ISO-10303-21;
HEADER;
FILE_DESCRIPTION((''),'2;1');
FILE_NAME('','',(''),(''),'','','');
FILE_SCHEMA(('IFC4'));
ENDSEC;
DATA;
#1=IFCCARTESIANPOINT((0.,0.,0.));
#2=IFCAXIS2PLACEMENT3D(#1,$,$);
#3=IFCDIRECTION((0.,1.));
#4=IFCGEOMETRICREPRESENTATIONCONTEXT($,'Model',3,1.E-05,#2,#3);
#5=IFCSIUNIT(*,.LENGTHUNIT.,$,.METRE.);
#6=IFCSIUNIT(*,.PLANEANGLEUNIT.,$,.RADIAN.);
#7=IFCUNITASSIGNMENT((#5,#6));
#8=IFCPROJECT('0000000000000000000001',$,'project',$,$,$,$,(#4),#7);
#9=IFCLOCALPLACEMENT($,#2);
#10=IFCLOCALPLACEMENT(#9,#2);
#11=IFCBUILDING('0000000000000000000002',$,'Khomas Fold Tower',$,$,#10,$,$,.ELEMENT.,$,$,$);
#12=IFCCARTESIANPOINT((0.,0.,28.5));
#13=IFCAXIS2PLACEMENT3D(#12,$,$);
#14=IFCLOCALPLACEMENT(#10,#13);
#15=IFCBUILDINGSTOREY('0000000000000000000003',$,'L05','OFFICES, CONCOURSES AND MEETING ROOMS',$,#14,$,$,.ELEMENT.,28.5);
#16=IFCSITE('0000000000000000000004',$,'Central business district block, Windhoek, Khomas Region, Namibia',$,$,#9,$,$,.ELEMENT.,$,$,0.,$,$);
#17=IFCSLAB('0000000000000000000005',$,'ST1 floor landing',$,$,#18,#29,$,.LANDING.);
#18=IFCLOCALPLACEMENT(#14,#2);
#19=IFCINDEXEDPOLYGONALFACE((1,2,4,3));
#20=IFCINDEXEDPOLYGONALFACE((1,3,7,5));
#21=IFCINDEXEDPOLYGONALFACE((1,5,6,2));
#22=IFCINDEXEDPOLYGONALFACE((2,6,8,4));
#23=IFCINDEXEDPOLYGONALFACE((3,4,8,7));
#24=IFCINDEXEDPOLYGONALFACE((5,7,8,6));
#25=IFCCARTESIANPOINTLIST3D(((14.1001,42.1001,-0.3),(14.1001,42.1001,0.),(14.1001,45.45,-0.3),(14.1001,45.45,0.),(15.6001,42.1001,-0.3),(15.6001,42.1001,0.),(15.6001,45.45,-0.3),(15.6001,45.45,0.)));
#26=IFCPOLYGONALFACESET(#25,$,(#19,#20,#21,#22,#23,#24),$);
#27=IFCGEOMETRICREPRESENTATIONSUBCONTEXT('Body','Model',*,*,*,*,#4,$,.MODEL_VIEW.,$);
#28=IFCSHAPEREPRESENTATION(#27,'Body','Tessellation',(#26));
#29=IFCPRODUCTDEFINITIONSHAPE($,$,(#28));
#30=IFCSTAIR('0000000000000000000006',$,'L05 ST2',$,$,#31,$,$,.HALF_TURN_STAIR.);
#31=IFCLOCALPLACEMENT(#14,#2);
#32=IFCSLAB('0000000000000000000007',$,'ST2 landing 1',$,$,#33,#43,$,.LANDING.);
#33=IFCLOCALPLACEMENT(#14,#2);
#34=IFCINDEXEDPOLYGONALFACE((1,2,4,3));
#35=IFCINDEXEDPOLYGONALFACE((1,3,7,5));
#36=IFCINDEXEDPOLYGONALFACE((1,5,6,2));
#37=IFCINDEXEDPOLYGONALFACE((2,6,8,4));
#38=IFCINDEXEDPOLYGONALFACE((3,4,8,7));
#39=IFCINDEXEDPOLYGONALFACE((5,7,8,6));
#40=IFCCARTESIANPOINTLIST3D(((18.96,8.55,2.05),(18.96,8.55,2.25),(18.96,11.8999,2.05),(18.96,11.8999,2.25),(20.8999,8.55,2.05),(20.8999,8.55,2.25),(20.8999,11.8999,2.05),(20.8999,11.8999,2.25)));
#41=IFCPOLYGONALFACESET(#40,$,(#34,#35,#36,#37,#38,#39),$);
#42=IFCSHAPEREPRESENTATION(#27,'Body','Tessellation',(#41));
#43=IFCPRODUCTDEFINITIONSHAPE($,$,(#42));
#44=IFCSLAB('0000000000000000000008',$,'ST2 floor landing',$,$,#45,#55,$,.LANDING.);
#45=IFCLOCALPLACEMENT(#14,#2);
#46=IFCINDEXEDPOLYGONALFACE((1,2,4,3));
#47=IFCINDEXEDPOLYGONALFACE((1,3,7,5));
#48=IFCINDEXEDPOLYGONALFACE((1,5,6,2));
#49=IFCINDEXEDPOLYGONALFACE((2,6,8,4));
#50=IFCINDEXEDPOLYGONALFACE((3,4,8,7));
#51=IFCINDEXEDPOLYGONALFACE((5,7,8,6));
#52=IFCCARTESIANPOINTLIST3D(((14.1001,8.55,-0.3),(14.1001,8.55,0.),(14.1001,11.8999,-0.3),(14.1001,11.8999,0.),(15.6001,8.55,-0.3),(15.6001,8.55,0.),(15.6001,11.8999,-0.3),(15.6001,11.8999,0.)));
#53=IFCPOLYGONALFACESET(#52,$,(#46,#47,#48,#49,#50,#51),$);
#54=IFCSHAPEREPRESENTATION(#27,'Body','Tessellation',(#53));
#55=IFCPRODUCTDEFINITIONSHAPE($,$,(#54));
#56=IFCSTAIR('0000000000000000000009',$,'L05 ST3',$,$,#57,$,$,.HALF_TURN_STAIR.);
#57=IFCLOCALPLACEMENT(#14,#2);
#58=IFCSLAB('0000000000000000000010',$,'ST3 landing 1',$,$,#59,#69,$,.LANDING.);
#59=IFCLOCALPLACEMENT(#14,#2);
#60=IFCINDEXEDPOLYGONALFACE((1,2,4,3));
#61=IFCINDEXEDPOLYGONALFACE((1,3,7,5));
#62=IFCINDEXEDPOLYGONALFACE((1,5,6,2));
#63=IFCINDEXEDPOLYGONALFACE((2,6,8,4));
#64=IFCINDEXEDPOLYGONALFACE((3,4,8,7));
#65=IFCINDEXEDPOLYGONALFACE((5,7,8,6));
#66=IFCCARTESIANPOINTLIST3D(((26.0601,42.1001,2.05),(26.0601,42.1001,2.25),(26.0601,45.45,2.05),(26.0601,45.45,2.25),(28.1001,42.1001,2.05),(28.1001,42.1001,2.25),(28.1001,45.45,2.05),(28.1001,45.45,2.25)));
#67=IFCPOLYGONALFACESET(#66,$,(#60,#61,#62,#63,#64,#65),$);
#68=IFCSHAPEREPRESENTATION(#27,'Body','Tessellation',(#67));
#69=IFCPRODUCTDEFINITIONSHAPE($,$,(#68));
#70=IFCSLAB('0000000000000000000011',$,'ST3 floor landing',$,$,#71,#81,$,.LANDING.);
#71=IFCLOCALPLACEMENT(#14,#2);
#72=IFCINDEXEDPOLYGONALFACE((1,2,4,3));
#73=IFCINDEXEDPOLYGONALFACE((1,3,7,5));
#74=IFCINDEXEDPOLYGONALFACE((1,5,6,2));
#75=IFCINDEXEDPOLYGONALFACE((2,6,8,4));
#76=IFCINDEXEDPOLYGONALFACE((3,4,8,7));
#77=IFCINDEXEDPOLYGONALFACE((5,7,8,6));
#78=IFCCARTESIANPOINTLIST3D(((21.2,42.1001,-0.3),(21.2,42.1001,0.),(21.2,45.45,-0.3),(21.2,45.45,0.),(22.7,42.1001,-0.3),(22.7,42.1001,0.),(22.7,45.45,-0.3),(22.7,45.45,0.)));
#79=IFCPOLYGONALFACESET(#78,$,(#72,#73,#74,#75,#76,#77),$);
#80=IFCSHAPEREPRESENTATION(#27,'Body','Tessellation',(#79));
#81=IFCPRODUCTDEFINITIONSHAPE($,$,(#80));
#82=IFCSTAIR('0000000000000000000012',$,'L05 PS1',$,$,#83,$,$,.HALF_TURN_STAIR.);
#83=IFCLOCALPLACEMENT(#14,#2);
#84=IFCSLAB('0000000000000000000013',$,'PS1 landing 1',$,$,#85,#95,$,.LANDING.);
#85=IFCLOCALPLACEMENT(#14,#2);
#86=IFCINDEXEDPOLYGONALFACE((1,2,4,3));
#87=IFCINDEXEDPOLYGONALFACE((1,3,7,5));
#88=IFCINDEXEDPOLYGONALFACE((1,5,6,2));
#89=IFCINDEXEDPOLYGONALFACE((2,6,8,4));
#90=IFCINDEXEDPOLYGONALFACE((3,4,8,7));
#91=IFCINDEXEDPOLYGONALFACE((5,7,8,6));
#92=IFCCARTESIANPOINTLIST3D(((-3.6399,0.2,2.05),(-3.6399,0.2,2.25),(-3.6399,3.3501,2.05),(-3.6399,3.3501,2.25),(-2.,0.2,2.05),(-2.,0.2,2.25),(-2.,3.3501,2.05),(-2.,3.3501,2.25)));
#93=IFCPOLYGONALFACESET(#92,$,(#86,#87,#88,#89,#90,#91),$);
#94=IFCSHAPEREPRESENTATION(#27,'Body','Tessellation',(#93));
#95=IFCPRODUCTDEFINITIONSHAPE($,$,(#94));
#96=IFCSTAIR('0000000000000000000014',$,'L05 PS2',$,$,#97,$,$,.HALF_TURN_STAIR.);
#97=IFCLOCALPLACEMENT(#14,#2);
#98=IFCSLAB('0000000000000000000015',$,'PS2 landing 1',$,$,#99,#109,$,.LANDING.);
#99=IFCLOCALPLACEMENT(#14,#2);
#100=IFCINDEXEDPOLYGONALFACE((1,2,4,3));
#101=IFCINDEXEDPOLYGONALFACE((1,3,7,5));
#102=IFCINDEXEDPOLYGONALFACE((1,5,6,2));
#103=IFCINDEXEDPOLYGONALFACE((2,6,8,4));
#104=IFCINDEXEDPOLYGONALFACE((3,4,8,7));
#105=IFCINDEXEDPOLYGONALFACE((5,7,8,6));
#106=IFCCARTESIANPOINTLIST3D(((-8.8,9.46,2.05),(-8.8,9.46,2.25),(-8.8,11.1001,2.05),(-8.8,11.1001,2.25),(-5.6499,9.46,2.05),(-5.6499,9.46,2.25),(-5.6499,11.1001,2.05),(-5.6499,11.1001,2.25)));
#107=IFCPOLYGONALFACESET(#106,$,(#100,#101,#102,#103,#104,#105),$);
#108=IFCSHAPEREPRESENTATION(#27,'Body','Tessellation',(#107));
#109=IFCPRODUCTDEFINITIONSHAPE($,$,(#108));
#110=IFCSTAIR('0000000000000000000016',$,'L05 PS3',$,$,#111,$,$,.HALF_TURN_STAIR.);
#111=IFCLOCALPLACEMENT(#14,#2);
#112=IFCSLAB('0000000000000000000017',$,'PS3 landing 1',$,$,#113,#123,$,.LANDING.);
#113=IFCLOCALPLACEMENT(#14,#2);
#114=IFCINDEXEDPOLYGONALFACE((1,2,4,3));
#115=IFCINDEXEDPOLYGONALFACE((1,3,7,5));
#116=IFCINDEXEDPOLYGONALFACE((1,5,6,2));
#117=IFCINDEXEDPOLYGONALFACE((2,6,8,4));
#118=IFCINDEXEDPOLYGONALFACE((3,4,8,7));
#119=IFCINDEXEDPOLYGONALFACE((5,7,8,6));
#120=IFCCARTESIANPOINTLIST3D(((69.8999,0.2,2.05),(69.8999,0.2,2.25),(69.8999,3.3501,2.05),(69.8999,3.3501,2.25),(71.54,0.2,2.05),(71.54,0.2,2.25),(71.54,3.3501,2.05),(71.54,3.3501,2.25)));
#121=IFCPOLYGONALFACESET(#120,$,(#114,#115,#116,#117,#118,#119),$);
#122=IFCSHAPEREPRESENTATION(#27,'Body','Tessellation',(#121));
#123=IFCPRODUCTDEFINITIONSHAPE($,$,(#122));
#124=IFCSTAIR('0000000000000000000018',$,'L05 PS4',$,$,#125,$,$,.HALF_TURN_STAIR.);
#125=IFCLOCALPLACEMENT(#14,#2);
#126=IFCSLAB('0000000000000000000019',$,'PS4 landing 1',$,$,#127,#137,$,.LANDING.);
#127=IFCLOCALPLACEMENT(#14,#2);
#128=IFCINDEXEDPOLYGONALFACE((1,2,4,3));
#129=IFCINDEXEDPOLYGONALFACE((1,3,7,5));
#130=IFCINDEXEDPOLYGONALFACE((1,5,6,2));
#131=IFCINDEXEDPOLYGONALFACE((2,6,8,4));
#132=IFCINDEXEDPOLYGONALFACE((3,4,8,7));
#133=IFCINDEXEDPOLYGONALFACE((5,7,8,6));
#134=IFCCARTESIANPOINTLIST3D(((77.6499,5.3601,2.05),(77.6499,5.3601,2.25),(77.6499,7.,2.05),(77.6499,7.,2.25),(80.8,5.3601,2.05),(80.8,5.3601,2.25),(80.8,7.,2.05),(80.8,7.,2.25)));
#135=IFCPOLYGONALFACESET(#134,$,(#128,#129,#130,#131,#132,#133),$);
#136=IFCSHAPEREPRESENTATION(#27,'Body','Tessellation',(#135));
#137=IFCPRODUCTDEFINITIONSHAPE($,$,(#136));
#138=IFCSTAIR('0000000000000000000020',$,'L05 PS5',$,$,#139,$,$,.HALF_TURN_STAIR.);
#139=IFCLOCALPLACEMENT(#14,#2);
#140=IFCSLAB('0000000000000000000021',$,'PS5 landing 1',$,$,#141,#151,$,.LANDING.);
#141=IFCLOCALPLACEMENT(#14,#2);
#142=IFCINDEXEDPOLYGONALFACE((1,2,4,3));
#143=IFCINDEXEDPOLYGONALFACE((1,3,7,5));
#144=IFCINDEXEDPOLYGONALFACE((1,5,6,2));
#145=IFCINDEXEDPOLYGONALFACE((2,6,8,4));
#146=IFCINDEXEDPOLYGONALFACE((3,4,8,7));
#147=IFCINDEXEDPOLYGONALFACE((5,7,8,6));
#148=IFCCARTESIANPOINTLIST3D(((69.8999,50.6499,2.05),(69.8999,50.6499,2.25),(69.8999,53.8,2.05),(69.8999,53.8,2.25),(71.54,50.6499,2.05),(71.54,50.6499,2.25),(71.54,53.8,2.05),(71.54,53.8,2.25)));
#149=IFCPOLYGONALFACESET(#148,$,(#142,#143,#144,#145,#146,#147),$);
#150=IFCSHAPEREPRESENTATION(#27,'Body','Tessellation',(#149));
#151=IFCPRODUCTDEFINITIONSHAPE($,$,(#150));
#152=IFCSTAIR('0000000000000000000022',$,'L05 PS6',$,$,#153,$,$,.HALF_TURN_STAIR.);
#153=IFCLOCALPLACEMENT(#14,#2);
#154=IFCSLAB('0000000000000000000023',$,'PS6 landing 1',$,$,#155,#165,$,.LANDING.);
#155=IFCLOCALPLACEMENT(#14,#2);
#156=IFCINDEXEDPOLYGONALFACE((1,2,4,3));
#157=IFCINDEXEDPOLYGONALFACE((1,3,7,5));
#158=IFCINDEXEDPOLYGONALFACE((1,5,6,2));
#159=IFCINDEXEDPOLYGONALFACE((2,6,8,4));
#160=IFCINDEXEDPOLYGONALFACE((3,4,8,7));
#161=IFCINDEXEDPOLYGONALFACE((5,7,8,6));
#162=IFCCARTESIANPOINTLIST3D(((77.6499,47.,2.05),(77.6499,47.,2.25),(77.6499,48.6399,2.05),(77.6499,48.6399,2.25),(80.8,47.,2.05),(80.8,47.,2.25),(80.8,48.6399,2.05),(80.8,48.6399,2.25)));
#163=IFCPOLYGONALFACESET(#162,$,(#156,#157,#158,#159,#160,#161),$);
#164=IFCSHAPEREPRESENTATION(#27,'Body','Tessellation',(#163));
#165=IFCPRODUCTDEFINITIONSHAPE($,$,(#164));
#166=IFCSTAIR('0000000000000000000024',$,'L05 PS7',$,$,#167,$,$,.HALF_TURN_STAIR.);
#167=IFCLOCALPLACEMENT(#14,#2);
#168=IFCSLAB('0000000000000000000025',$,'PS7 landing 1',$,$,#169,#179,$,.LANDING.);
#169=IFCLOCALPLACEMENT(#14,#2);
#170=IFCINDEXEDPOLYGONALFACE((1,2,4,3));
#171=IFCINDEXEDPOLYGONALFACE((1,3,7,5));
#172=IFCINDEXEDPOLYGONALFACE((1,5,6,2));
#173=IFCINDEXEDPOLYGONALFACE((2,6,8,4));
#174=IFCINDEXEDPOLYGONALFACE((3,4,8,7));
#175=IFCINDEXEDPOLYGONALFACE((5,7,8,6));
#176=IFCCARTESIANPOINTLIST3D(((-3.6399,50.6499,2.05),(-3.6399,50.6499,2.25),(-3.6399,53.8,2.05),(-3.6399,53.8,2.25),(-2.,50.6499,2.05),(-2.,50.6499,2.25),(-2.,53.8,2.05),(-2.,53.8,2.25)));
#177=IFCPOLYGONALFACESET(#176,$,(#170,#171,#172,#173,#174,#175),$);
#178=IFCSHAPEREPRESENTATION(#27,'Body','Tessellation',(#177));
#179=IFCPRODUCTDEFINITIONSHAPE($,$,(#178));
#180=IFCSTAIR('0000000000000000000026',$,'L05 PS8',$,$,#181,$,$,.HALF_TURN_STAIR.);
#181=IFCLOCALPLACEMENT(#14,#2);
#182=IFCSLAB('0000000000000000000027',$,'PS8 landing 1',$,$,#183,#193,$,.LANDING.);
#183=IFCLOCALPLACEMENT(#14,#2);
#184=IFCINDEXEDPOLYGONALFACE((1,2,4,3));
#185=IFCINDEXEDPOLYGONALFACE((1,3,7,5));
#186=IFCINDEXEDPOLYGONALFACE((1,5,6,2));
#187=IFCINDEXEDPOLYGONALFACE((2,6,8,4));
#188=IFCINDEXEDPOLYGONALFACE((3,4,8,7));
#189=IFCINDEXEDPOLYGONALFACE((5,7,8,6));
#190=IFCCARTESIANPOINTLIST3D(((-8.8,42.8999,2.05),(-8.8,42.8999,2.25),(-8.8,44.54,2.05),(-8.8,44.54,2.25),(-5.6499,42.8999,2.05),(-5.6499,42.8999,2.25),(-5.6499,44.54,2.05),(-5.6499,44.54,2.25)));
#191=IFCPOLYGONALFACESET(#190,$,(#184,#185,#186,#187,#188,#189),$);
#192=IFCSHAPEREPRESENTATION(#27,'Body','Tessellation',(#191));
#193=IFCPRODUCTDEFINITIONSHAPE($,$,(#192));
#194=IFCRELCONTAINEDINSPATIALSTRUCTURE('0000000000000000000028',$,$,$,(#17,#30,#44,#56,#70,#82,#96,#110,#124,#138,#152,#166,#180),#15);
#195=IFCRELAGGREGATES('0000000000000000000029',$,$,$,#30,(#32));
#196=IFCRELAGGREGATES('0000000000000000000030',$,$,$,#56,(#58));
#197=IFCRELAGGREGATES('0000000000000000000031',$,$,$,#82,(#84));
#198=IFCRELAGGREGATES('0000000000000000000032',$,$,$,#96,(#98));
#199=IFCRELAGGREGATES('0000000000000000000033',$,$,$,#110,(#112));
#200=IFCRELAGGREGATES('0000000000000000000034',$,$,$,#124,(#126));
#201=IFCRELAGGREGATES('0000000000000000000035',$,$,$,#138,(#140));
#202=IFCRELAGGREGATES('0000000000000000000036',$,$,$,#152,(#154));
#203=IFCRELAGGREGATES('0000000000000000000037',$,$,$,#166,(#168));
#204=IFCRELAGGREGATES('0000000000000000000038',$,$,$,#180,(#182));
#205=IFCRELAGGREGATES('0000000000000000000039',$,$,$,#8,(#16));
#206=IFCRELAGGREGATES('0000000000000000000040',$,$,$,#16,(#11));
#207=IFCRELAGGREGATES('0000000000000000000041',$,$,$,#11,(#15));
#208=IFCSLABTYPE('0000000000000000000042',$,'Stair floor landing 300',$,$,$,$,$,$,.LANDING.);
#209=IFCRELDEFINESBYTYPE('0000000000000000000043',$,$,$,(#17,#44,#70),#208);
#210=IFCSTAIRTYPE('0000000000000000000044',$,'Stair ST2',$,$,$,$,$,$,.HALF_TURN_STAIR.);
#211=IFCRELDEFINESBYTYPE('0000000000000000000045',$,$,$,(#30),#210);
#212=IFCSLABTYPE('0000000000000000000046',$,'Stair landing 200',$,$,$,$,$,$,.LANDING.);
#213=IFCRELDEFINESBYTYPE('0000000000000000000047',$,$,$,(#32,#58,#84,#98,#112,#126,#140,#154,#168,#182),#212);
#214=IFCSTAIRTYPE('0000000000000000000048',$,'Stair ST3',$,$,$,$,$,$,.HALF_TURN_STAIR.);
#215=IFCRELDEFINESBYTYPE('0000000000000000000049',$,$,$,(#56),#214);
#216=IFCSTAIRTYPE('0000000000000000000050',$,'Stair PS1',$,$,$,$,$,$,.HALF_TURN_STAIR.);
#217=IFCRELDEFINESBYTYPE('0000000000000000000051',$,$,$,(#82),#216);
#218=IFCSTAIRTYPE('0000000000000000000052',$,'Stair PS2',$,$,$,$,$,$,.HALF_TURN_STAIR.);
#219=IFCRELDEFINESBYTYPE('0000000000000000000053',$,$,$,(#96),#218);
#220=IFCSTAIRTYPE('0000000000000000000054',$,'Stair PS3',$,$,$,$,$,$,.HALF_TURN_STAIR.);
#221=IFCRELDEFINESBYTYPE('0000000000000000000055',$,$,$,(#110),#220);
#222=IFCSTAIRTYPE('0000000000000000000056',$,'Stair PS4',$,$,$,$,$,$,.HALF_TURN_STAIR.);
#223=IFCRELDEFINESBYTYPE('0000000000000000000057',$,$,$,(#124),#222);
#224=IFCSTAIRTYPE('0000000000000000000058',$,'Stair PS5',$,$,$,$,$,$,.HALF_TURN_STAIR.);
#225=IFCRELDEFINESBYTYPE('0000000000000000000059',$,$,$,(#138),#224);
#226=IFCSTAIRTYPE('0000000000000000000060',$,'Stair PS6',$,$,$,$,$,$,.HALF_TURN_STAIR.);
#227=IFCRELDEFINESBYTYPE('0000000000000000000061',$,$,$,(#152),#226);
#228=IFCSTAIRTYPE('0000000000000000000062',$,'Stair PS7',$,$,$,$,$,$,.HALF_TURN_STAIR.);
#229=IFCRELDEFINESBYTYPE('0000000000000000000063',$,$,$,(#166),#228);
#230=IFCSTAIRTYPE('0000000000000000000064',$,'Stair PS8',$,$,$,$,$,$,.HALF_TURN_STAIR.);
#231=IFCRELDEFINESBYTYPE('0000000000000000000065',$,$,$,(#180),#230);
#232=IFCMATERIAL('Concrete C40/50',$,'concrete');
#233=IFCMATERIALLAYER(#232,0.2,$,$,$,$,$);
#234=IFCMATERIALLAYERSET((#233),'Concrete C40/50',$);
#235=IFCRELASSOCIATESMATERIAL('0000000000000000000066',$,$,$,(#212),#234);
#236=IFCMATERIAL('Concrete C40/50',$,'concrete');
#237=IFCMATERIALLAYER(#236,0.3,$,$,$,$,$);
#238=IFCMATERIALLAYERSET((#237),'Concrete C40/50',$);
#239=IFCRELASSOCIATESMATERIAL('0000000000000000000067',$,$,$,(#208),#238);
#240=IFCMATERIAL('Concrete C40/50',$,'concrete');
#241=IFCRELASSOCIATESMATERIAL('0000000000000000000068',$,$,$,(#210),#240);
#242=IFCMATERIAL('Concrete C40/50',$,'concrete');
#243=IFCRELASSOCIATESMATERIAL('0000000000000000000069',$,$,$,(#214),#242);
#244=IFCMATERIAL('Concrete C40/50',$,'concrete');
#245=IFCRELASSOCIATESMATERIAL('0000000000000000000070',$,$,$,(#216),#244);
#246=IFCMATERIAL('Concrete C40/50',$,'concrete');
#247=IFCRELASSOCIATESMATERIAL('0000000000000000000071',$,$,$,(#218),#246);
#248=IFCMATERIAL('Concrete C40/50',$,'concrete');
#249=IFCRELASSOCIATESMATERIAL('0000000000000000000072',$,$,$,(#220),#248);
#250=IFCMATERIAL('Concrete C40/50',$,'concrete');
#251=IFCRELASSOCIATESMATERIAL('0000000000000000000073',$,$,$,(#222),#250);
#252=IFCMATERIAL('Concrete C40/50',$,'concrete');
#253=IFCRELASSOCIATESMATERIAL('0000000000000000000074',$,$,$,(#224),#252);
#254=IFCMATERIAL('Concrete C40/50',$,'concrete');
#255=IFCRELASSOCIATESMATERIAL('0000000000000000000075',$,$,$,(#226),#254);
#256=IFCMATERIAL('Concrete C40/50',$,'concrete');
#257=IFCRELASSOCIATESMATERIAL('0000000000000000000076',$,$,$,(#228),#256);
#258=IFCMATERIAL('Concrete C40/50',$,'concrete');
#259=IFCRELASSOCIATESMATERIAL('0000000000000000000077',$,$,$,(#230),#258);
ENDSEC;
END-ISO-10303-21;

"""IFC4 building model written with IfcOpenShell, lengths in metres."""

from ifc_helpers import new_model, si_unit, direction, frame, origin, place, context, subcontext, project, spatial, polyline, outline, extrude, source, transform, mapped, material, layer, layer_set, type_object, element, aggregate, save


model = new_model("IFC4")

# Units and contexts
model_context = context("Model", 3, precision=1e-05, world=origin(), true_north=direction((0.0, 1.0)))
body_context = subcontext(model_context, "Body", "Model", "MODEL_VIEW")
ifc_project = project(units=[si_unit("LENGTHUNIT", "METRE"), si_unit("PLANEANGLEUNIT", "RADIAN")], contexts=[model_context])

# Site, building, storey
site_placement = place(None, origin())
site = spatial("IfcSite", under=ifc_project, at=site_placement, Name="Central business district block, Windhoek, Khomas Region, Namibia", CompositionType="ELEMENT", RefElevation=0.0)
building_placement = place(site_placement, origin())
building = spatial("IfcBuilding", under=site, at=building_placement, Name="Khomas Fold Tower", CompositionType="ELEMENT")
storey_placement = place(building_placement, frame((0.0, 0.0, 28.5)))
storey = spatial("IfcBuildingStorey", under=building, at=storey_placement, Name="L05", Description="OFFICES, CONCOURSES AND MEETING ROOMS", CompositionType="ELEMENT", Elevation=28.5)

# Shared definitions
ifc_material_1 = material(Name="Concrete C40/50", Category="concrete")
ifc_layer_1 = layer(ifc_material_1, 0.2)
ifc_layer_set_1 = layer_set([ifc_layer_1], Name="Concrete C40/50")
slab_type_1 = type_object("IfcSlabType", Name="Stair landing 200", PredefinedType="LANDING", material=ifc_layer_set_1)

# Slab
ifc_material_2 = material(Name="Concrete C40/50", Category="concrete")
ifc_layer_2 = layer(ifc_material_2, 0.3)
ifc_layer_set_2 = layer_set([ifc_layer_2], Name="Concrete C40/50")
slab_type_2 = type_object("IfcSlabType", Name="Stair floor landing 300", PredefinedType="LANDING", material=ifc_layer_set_2)
shared_shape_1 = source(origin(), body_context, "Body", "SweptSolid", [
    extrude(outline(polyline([(14.1001, 45.45), (15.6001, 45.45), (15.6001, 42.1001), (14.1001, 42.1001), (14.1001, 45.45)])), origin(), (0.0, 0.0, 1.0), 0.3),
])
slab_1_placement = place(storey_placement, frame((0.0, 0.0, -0.3)))
element("IfcSlab", 1, at=slab_1_placement, inside=storey, type_object=slab_type_2, Name="ST1 floor landing", PredefinedType="LANDING", context=body_context, shape_type="MappedRepresentation", body=[
    mapped(shared_shape_1, transform((0.0, 0.0, 0.0))),
])

# Stair, slab
ifc_material_3 = material(Name="Concrete C40/50", Category="concrete")
stair_type_1 = type_object("IfcStairType", Name="Stair ST2", PredefinedType="HALF_TURN_STAIR", material=ifc_material_3)
stair_1_placement = place(storey_placement, origin())
stair_1 = element("IfcStair", 2, at=stair_1_placement, inside=storey, type_object=stair_type_1, Name="L05 ST2", PredefinedType="HALF_TURN_STAIR")
shared_shape_2 = source(origin(), body_context, "Body", "SweptSolid", [
    extrude(outline(polyline([(18.96, 8.55), (20.8999, 8.55), (20.8999, 11.8999), (18.96, 11.8999), (18.96, 8.55)])), origin(), (0.0, 0.0, 1.0), 0.2),
])
slab_2_placement = place(storey_placement, frame((0.0, 0.0, 2.05)))
slab_2 = element("IfcSlab", 3, at=slab_2_placement, type_object=slab_type_1, Name="ST2 landing 1", PredefinedType="LANDING", context=body_context, shape_type="MappedRepresentation", body=[
    mapped(shared_shape_2, transform((0.0, 0.0, 0.0))),
])
aggregate(stair_1, [slab_2])

# Slab
shared_shape_3 = source(origin(), body_context, "Body", "SweptSolid", [
    extrude(outline(polyline([(14.1001, 11.8999), (15.6001, 11.8999), (15.6001, 8.55), (14.1001, 8.55), (14.1001, 11.8999)])), origin(), (0.0, 0.0, 1.0), 0.3),
])
slab_3_placement = place(storey_placement, frame((0.0, 0.0, -0.3)))
element("IfcSlab", 4, at=slab_3_placement, inside=storey, type_object=slab_type_2, Name="ST2 floor landing", PredefinedType="LANDING", context=body_context, shape_type="MappedRepresentation", body=[
    mapped(shared_shape_3, transform((0.0, 0.0, 0.0))),
])

# Stair, slab
ifc_material_4 = material(Name="Concrete C40/50", Category="concrete")
stair_type_2 = type_object("IfcStairType", Name="Stair ST3", PredefinedType="HALF_TURN_STAIR", material=ifc_material_4)
stair_2_placement = place(storey_placement, origin())
stair_2 = element("IfcStair", 5, at=stair_2_placement, inside=storey, type_object=stair_type_2, Name="L05 ST3", PredefinedType="HALF_TURN_STAIR")
shared_shape_4 = source(origin(), body_context, "Body", "SweptSolid", [
    extrude(outline(polyline([(26.0601, 42.1001), (28.1001, 42.1001), (28.1001, 45.45), (26.0601, 45.45), (26.0601, 42.1001)])), origin(), (0.0, 0.0, 1.0), 0.2),
])
slab_4_placement = place(storey_placement, frame((0.0, 0.0, 2.05)))
slab_4 = element("IfcSlab", 6, at=slab_4_placement, type_object=slab_type_1, Name="ST3 landing 1", PredefinedType="LANDING", context=body_context, shape_type="MappedRepresentation", body=[
    mapped(shared_shape_4, transform((0.0, 0.0, 0.0))),
])
aggregate(stair_2, [slab_4])

# Slab
shared_shape_5 = source(origin(), body_context, "Body", "SweptSolid", [
    extrude(outline(polyline([(21.2, 45.45), (22.7, 45.45), (22.7, 42.1001), (21.2, 42.1001), (21.2, 45.45)])), origin(), (0.0, 0.0, 1.0), 0.3),
])
slab_5_placement = place(storey_placement, frame((0.0, 0.0, -0.3)))
element("IfcSlab", 7, at=slab_5_placement, inside=storey, type_object=slab_type_2, Name="ST3 floor landing", PredefinedType="LANDING", context=body_context, shape_type="MappedRepresentation", body=[
    mapped(shared_shape_5, transform((0.0, 0.0, 0.0))),
])

# Stairs, slabs
ifc_material_5 = material(Name="Concrete C40/50", Category="concrete")
stair_type_3 = type_object("IfcStairType", Name="Stair PS1", PredefinedType="HALF_TURN_STAIR", material=ifc_material_5)
stair_3_placement = place(storey_placement, origin())
stair_3 = element("IfcStair", 8, at=stair_3_placement, inside=storey, type_object=stair_type_3, Name="L05 PS1", PredefinedType="HALF_TURN_STAIR")
shared_shape_6 = source(origin(), body_context, "Body", "SweptSolid", [
    extrude(outline(polyline([(-3.6399, 0.2), (-2.0, 0.2), (-2.0, 3.3501), (-3.6399, 3.3501), (-3.6399, 0.2)])), origin(), (0.0, 0.0, 1.0), 0.2),
])
slab_6_placement = place(storey_placement, frame((0.0, 0.0, 2.05)))
slab_6 = element("IfcSlab", 9, at=slab_6_placement, type_object=slab_type_1, Name="PS1 landing 1", PredefinedType="LANDING", context=body_context, shape_type="MappedRepresentation", body=[
    mapped(shared_shape_6, transform((0.0, 0.0, 0.0))),
])
aggregate(stair_3, [slab_6])
ifc_material_6 = material(Name="Concrete C40/50", Category="concrete")
stair_type_4 = type_object("IfcStairType", Name="Stair PS2", PredefinedType="HALF_TURN_STAIR", material=ifc_material_6)
stair_4_placement = place(storey_placement, origin())
stair_4 = element("IfcStair", 10, at=stair_4_placement, inside=storey, type_object=stair_type_4, Name="L05 PS2", PredefinedType="HALF_TURN_STAIR")
shared_shape_7 = source(origin(), body_context, "Body", "SweptSolid", [
    extrude(outline(polyline([(-5.6499, 9.46), (-5.6499, 11.1001), (-8.8, 11.1001), (-8.8, 9.46), (-5.6499, 9.46)])), origin(), (0.0, 0.0, 1.0), 0.2),
])
slab_7_placement = place(storey_placement, frame((0.0, 0.0, 2.05)))
slab_7 = element("IfcSlab", 11, at=slab_7_placement, type_object=slab_type_1, Name="PS2 landing 1", PredefinedType="LANDING", context=body_context, shape_type="MappedRepresentation", body=[
    mapped(shared_shape_7, transform((0.0, 0.0, 0.0))),
])
aggregate(stair_4, [slab_7])
ifc_material_7 = material(Name="Concrete C40/50", Category="concrete")
stair_type_5 = type_object("IfcStairType", Name="Stair PS3", PredefinedType="HALF_TURN_STAIR", material=ifc_material_7)
stair_5_placement = place(storey_placement, origin())
stair_5 = element("IfcStair", 12, at=stair_5_placement, inside=storey, type_object=stair_type_5, Name="L05 PS3", PredefinedType="HALF_TURN_STAIR")
shared_shape_8 = source(origin(), body_context, "Body", "SweptSolid", [
    extrude(outline(polyline([(71.54, 3.3501), (69.8999, 3.3501), (69.8999, 0.2), (71.54, 0.2), (71.54, 3.3501)])), origin(), (0.0, 0.0, 1.0), 0.2),
])
slab_8_placement = place(storey_placement, frame((0.0, 0.0, 2.05)))
slab_8 = element("IfcSlab", 13, at=slab_8_placement, type_object=slab_type_1, Name="PS3 landing 1", PredefinedType="LANDING", context=body_context, shape_type="MappedRepresentation", body=[
    mapped(shared_shape_8, transform((0.0, 0.0, 0.0))),
])
aggregate(stair_5, [slab_8])
ifc_material_8 = material(Name="Concrete C40/50", Category="concrete")
stair_type_6 = type_object("IfcStairType", Name="Stair PS4", PredefinedType="HALF_TURN_STAIR", material=ifc_material_8)
stair_6_placement = place(storey_placement, origin())
stair_6 = element("IfcStair", 14, at=stair_6_placement, inside=storey, type_object=stair_type_6, Name="L05 PS4", PredefinedType="HALF_TURN_STAIR")
shared_shape_9 = source(origin(), body_context, "Body", "SweptSolid", [
    extrude(outline(polyline([(80.8, 5.3601), (80.8, 7.0), (77.6499, 7.0), (77.6499, 5.3601), (80.8, 5.3601)])), origin(), (0.0, 0.0, 1.0), 0.2),
])
slab_9_placement = place(storey_placement, frame((0.0, 0.0, 2.05)))
slab_9 = element("IfcSlab", 15, at=slab_9_placement, type_object=slab_type_1, Name="PS4 landing 1", PredefinedType="LANDING", context=body_context, shape_type="MappedRepresentation", body=[
    mapped(shared_shape_9, transform((0.0, 0.0, 0.0))),
])
aggregate(stair_6, [slab_9])
ifc_material_9 = material(Name="Concrete C40/50", Category="concrete")
stair_type_7 = type_object("IfcStairType", Name="Stair PS5", PredefinedType="HALF_TURN_STAIR", material=ifc_material_9)
stair_7_placement = place(storey_placement, origin())
stair_7 = element("IfcStair", 16, at=stair_7_placement, inside=storey, type_object=stair_type_7, Name="L05 PS5", PredefinedType="HALF_TURN_STAIR")
shared_shape_10 = source(origin(), body_context, "Body", "SweptSolid", [
    extrude(outline(polyline([(71.54, 53.8), (69.8999, 53.8), (69.8999, 50.6499), (71.54, 50.6499), (71.54, 53.8)])), origin(), (0.0, 0.0, 1.0), 0.2),
])
slab_10_placement = place(storey_placement, frame((0.0, 0.0, 2.05)))
slab_10 = element("IfcSlab", 17, at=slab_10_placement, type_object=slab_type_1, Name="PS5 landing 1", PredefinedType="LANDING", context=body_context, shape_type="MappedRepresentation", body=[
    mapped(shared_shape_10, transform((0.0, 0.0, 0.0))),
])
aggregate(stair_7, [slab_10])
ifc_material_10 = material(Name="Concrete C40/50", Category="concrete")
stair_type_8 = type_object("IfcStairType", Name="Stair PS6", PredefinedType="HALF_TURN_STAIR", material=ifc_material_10)
stair_8_placement = place(storey_placement, origin())
stair_8 = element("IfcStair", 18, at=stair_8_placement, inside=storey, type_object=stair_type_8, Name="L05 PS6", PredefinedType="HALF_TURN_STAIR")
shared_shape_11 = source(origin(), body_context, "Body", "SweptSolid", [
    extrude(outline(polyline([(77.6499, 48.6399), (77.6499, 47.0), (80.8, 47.0), (80.8, 48.6399), (77.6499, 48.6399)])), origin(), (0.0, 0.0, 1.0), 0.2),
])
slab_11_placement = place(storey_placement, frame((0.0, 0.0, 2.05)))
slab_11 = element("IfcSlab", 19, at=slab_11_placement, type_object=slab_type_1, Name="PS6 landing 1", PredefinedType="LANDING", context=body_context, shape_type="MappedRepresentation", body=[
    mapped(shared_shape_11, transform((0.0, 0.0, 0.0))),
])
aggregate(stair_8, [slab_11])
ifc_material_11 = material(Name="Concrete C40/50", Category="concrete")
stair_type_9 = type_object("IfcStairType", Name="Stair PS7", PredefinedType="HALF_TURN_STAIR", material=ifc_material_11)
stair_9_placement = place(storey_placement, origin())
stair_9 = element("IfcStair", 20, at=stair_9_placement, inside=storey, type_object=stair_type_9, Name="L05 PS7", PredefinedType="HALF_TURN_STAIR")
shared_shape_12 = source(origin(), body_context, "Body", "SweptSolid", [
    extrude(outline(polyline([(-3.6399, 50.6499), (-2.0, 50.6499), (-2.0, 53.8), (-3.6399, 53.8), (-3.6399, 50.6499)])), origin(), (0.0, 0.0, 1.0), 0.2),
])
slab_12_placement = place(storey_placement, frame((0.0, 0.0, 2.05)))
slab_12 = element("IfcSlab", 21, at=slab_12_placement, type_object=slab_type_1, Name="PS7 landing 1", PredefinedType="LANDING", context=body_context, shape_type="MappedRepresentation", body=[
    mapped(shared_shape_12, transform((0.0, 0.0, 0.0))),
])
aggregate(stair_9, [slab_12])
ifc_material_12 = material(Name="Concrete C40/50", Category="concrete")
stair_type_10 = type_object("IfcStairType", Name="Stair PS8", PredefinedType="HALF_TURN_STAIR", material=ifc_material_12)
stair_10_placement = place(storey_placement, origin())
stair_10 = element("IfcStair", 22, at=stair_10_placement, inside=storey, type_object=stair_type_10, Name="L05 PS8", PredefinedType="HALF_TURN_STAIR")
shared_shape_13 = source(origin(), body_context, "Body", "SweptSolid", [
    extrude(outline(polyline([(-8.8, 44.54), (-8.8, 42.8999), (-5.6499, 42.8999), (-5.6499, 44.54), (-8.8, 44.54)])), origin(), (0.0, 0.0, 1.0), 0.2),
])
slab_13_placement = place(storey_placement, frame((0.0, 0.0, 2.05)))
slab_13 = element("IfcSlab", 23, at=slab_13_placement, type_object=slab_type_1, Name="PS8 landing 1", PredefinedType="LANDING", context=body_context, shape_type="MappedRepresentation", body=[
    mapped(shared_shape_13, transform((0.0, 0.0, 0.0))),
])
aggregate(stair_10, [slab_13])

save(model, "model.ifc")
